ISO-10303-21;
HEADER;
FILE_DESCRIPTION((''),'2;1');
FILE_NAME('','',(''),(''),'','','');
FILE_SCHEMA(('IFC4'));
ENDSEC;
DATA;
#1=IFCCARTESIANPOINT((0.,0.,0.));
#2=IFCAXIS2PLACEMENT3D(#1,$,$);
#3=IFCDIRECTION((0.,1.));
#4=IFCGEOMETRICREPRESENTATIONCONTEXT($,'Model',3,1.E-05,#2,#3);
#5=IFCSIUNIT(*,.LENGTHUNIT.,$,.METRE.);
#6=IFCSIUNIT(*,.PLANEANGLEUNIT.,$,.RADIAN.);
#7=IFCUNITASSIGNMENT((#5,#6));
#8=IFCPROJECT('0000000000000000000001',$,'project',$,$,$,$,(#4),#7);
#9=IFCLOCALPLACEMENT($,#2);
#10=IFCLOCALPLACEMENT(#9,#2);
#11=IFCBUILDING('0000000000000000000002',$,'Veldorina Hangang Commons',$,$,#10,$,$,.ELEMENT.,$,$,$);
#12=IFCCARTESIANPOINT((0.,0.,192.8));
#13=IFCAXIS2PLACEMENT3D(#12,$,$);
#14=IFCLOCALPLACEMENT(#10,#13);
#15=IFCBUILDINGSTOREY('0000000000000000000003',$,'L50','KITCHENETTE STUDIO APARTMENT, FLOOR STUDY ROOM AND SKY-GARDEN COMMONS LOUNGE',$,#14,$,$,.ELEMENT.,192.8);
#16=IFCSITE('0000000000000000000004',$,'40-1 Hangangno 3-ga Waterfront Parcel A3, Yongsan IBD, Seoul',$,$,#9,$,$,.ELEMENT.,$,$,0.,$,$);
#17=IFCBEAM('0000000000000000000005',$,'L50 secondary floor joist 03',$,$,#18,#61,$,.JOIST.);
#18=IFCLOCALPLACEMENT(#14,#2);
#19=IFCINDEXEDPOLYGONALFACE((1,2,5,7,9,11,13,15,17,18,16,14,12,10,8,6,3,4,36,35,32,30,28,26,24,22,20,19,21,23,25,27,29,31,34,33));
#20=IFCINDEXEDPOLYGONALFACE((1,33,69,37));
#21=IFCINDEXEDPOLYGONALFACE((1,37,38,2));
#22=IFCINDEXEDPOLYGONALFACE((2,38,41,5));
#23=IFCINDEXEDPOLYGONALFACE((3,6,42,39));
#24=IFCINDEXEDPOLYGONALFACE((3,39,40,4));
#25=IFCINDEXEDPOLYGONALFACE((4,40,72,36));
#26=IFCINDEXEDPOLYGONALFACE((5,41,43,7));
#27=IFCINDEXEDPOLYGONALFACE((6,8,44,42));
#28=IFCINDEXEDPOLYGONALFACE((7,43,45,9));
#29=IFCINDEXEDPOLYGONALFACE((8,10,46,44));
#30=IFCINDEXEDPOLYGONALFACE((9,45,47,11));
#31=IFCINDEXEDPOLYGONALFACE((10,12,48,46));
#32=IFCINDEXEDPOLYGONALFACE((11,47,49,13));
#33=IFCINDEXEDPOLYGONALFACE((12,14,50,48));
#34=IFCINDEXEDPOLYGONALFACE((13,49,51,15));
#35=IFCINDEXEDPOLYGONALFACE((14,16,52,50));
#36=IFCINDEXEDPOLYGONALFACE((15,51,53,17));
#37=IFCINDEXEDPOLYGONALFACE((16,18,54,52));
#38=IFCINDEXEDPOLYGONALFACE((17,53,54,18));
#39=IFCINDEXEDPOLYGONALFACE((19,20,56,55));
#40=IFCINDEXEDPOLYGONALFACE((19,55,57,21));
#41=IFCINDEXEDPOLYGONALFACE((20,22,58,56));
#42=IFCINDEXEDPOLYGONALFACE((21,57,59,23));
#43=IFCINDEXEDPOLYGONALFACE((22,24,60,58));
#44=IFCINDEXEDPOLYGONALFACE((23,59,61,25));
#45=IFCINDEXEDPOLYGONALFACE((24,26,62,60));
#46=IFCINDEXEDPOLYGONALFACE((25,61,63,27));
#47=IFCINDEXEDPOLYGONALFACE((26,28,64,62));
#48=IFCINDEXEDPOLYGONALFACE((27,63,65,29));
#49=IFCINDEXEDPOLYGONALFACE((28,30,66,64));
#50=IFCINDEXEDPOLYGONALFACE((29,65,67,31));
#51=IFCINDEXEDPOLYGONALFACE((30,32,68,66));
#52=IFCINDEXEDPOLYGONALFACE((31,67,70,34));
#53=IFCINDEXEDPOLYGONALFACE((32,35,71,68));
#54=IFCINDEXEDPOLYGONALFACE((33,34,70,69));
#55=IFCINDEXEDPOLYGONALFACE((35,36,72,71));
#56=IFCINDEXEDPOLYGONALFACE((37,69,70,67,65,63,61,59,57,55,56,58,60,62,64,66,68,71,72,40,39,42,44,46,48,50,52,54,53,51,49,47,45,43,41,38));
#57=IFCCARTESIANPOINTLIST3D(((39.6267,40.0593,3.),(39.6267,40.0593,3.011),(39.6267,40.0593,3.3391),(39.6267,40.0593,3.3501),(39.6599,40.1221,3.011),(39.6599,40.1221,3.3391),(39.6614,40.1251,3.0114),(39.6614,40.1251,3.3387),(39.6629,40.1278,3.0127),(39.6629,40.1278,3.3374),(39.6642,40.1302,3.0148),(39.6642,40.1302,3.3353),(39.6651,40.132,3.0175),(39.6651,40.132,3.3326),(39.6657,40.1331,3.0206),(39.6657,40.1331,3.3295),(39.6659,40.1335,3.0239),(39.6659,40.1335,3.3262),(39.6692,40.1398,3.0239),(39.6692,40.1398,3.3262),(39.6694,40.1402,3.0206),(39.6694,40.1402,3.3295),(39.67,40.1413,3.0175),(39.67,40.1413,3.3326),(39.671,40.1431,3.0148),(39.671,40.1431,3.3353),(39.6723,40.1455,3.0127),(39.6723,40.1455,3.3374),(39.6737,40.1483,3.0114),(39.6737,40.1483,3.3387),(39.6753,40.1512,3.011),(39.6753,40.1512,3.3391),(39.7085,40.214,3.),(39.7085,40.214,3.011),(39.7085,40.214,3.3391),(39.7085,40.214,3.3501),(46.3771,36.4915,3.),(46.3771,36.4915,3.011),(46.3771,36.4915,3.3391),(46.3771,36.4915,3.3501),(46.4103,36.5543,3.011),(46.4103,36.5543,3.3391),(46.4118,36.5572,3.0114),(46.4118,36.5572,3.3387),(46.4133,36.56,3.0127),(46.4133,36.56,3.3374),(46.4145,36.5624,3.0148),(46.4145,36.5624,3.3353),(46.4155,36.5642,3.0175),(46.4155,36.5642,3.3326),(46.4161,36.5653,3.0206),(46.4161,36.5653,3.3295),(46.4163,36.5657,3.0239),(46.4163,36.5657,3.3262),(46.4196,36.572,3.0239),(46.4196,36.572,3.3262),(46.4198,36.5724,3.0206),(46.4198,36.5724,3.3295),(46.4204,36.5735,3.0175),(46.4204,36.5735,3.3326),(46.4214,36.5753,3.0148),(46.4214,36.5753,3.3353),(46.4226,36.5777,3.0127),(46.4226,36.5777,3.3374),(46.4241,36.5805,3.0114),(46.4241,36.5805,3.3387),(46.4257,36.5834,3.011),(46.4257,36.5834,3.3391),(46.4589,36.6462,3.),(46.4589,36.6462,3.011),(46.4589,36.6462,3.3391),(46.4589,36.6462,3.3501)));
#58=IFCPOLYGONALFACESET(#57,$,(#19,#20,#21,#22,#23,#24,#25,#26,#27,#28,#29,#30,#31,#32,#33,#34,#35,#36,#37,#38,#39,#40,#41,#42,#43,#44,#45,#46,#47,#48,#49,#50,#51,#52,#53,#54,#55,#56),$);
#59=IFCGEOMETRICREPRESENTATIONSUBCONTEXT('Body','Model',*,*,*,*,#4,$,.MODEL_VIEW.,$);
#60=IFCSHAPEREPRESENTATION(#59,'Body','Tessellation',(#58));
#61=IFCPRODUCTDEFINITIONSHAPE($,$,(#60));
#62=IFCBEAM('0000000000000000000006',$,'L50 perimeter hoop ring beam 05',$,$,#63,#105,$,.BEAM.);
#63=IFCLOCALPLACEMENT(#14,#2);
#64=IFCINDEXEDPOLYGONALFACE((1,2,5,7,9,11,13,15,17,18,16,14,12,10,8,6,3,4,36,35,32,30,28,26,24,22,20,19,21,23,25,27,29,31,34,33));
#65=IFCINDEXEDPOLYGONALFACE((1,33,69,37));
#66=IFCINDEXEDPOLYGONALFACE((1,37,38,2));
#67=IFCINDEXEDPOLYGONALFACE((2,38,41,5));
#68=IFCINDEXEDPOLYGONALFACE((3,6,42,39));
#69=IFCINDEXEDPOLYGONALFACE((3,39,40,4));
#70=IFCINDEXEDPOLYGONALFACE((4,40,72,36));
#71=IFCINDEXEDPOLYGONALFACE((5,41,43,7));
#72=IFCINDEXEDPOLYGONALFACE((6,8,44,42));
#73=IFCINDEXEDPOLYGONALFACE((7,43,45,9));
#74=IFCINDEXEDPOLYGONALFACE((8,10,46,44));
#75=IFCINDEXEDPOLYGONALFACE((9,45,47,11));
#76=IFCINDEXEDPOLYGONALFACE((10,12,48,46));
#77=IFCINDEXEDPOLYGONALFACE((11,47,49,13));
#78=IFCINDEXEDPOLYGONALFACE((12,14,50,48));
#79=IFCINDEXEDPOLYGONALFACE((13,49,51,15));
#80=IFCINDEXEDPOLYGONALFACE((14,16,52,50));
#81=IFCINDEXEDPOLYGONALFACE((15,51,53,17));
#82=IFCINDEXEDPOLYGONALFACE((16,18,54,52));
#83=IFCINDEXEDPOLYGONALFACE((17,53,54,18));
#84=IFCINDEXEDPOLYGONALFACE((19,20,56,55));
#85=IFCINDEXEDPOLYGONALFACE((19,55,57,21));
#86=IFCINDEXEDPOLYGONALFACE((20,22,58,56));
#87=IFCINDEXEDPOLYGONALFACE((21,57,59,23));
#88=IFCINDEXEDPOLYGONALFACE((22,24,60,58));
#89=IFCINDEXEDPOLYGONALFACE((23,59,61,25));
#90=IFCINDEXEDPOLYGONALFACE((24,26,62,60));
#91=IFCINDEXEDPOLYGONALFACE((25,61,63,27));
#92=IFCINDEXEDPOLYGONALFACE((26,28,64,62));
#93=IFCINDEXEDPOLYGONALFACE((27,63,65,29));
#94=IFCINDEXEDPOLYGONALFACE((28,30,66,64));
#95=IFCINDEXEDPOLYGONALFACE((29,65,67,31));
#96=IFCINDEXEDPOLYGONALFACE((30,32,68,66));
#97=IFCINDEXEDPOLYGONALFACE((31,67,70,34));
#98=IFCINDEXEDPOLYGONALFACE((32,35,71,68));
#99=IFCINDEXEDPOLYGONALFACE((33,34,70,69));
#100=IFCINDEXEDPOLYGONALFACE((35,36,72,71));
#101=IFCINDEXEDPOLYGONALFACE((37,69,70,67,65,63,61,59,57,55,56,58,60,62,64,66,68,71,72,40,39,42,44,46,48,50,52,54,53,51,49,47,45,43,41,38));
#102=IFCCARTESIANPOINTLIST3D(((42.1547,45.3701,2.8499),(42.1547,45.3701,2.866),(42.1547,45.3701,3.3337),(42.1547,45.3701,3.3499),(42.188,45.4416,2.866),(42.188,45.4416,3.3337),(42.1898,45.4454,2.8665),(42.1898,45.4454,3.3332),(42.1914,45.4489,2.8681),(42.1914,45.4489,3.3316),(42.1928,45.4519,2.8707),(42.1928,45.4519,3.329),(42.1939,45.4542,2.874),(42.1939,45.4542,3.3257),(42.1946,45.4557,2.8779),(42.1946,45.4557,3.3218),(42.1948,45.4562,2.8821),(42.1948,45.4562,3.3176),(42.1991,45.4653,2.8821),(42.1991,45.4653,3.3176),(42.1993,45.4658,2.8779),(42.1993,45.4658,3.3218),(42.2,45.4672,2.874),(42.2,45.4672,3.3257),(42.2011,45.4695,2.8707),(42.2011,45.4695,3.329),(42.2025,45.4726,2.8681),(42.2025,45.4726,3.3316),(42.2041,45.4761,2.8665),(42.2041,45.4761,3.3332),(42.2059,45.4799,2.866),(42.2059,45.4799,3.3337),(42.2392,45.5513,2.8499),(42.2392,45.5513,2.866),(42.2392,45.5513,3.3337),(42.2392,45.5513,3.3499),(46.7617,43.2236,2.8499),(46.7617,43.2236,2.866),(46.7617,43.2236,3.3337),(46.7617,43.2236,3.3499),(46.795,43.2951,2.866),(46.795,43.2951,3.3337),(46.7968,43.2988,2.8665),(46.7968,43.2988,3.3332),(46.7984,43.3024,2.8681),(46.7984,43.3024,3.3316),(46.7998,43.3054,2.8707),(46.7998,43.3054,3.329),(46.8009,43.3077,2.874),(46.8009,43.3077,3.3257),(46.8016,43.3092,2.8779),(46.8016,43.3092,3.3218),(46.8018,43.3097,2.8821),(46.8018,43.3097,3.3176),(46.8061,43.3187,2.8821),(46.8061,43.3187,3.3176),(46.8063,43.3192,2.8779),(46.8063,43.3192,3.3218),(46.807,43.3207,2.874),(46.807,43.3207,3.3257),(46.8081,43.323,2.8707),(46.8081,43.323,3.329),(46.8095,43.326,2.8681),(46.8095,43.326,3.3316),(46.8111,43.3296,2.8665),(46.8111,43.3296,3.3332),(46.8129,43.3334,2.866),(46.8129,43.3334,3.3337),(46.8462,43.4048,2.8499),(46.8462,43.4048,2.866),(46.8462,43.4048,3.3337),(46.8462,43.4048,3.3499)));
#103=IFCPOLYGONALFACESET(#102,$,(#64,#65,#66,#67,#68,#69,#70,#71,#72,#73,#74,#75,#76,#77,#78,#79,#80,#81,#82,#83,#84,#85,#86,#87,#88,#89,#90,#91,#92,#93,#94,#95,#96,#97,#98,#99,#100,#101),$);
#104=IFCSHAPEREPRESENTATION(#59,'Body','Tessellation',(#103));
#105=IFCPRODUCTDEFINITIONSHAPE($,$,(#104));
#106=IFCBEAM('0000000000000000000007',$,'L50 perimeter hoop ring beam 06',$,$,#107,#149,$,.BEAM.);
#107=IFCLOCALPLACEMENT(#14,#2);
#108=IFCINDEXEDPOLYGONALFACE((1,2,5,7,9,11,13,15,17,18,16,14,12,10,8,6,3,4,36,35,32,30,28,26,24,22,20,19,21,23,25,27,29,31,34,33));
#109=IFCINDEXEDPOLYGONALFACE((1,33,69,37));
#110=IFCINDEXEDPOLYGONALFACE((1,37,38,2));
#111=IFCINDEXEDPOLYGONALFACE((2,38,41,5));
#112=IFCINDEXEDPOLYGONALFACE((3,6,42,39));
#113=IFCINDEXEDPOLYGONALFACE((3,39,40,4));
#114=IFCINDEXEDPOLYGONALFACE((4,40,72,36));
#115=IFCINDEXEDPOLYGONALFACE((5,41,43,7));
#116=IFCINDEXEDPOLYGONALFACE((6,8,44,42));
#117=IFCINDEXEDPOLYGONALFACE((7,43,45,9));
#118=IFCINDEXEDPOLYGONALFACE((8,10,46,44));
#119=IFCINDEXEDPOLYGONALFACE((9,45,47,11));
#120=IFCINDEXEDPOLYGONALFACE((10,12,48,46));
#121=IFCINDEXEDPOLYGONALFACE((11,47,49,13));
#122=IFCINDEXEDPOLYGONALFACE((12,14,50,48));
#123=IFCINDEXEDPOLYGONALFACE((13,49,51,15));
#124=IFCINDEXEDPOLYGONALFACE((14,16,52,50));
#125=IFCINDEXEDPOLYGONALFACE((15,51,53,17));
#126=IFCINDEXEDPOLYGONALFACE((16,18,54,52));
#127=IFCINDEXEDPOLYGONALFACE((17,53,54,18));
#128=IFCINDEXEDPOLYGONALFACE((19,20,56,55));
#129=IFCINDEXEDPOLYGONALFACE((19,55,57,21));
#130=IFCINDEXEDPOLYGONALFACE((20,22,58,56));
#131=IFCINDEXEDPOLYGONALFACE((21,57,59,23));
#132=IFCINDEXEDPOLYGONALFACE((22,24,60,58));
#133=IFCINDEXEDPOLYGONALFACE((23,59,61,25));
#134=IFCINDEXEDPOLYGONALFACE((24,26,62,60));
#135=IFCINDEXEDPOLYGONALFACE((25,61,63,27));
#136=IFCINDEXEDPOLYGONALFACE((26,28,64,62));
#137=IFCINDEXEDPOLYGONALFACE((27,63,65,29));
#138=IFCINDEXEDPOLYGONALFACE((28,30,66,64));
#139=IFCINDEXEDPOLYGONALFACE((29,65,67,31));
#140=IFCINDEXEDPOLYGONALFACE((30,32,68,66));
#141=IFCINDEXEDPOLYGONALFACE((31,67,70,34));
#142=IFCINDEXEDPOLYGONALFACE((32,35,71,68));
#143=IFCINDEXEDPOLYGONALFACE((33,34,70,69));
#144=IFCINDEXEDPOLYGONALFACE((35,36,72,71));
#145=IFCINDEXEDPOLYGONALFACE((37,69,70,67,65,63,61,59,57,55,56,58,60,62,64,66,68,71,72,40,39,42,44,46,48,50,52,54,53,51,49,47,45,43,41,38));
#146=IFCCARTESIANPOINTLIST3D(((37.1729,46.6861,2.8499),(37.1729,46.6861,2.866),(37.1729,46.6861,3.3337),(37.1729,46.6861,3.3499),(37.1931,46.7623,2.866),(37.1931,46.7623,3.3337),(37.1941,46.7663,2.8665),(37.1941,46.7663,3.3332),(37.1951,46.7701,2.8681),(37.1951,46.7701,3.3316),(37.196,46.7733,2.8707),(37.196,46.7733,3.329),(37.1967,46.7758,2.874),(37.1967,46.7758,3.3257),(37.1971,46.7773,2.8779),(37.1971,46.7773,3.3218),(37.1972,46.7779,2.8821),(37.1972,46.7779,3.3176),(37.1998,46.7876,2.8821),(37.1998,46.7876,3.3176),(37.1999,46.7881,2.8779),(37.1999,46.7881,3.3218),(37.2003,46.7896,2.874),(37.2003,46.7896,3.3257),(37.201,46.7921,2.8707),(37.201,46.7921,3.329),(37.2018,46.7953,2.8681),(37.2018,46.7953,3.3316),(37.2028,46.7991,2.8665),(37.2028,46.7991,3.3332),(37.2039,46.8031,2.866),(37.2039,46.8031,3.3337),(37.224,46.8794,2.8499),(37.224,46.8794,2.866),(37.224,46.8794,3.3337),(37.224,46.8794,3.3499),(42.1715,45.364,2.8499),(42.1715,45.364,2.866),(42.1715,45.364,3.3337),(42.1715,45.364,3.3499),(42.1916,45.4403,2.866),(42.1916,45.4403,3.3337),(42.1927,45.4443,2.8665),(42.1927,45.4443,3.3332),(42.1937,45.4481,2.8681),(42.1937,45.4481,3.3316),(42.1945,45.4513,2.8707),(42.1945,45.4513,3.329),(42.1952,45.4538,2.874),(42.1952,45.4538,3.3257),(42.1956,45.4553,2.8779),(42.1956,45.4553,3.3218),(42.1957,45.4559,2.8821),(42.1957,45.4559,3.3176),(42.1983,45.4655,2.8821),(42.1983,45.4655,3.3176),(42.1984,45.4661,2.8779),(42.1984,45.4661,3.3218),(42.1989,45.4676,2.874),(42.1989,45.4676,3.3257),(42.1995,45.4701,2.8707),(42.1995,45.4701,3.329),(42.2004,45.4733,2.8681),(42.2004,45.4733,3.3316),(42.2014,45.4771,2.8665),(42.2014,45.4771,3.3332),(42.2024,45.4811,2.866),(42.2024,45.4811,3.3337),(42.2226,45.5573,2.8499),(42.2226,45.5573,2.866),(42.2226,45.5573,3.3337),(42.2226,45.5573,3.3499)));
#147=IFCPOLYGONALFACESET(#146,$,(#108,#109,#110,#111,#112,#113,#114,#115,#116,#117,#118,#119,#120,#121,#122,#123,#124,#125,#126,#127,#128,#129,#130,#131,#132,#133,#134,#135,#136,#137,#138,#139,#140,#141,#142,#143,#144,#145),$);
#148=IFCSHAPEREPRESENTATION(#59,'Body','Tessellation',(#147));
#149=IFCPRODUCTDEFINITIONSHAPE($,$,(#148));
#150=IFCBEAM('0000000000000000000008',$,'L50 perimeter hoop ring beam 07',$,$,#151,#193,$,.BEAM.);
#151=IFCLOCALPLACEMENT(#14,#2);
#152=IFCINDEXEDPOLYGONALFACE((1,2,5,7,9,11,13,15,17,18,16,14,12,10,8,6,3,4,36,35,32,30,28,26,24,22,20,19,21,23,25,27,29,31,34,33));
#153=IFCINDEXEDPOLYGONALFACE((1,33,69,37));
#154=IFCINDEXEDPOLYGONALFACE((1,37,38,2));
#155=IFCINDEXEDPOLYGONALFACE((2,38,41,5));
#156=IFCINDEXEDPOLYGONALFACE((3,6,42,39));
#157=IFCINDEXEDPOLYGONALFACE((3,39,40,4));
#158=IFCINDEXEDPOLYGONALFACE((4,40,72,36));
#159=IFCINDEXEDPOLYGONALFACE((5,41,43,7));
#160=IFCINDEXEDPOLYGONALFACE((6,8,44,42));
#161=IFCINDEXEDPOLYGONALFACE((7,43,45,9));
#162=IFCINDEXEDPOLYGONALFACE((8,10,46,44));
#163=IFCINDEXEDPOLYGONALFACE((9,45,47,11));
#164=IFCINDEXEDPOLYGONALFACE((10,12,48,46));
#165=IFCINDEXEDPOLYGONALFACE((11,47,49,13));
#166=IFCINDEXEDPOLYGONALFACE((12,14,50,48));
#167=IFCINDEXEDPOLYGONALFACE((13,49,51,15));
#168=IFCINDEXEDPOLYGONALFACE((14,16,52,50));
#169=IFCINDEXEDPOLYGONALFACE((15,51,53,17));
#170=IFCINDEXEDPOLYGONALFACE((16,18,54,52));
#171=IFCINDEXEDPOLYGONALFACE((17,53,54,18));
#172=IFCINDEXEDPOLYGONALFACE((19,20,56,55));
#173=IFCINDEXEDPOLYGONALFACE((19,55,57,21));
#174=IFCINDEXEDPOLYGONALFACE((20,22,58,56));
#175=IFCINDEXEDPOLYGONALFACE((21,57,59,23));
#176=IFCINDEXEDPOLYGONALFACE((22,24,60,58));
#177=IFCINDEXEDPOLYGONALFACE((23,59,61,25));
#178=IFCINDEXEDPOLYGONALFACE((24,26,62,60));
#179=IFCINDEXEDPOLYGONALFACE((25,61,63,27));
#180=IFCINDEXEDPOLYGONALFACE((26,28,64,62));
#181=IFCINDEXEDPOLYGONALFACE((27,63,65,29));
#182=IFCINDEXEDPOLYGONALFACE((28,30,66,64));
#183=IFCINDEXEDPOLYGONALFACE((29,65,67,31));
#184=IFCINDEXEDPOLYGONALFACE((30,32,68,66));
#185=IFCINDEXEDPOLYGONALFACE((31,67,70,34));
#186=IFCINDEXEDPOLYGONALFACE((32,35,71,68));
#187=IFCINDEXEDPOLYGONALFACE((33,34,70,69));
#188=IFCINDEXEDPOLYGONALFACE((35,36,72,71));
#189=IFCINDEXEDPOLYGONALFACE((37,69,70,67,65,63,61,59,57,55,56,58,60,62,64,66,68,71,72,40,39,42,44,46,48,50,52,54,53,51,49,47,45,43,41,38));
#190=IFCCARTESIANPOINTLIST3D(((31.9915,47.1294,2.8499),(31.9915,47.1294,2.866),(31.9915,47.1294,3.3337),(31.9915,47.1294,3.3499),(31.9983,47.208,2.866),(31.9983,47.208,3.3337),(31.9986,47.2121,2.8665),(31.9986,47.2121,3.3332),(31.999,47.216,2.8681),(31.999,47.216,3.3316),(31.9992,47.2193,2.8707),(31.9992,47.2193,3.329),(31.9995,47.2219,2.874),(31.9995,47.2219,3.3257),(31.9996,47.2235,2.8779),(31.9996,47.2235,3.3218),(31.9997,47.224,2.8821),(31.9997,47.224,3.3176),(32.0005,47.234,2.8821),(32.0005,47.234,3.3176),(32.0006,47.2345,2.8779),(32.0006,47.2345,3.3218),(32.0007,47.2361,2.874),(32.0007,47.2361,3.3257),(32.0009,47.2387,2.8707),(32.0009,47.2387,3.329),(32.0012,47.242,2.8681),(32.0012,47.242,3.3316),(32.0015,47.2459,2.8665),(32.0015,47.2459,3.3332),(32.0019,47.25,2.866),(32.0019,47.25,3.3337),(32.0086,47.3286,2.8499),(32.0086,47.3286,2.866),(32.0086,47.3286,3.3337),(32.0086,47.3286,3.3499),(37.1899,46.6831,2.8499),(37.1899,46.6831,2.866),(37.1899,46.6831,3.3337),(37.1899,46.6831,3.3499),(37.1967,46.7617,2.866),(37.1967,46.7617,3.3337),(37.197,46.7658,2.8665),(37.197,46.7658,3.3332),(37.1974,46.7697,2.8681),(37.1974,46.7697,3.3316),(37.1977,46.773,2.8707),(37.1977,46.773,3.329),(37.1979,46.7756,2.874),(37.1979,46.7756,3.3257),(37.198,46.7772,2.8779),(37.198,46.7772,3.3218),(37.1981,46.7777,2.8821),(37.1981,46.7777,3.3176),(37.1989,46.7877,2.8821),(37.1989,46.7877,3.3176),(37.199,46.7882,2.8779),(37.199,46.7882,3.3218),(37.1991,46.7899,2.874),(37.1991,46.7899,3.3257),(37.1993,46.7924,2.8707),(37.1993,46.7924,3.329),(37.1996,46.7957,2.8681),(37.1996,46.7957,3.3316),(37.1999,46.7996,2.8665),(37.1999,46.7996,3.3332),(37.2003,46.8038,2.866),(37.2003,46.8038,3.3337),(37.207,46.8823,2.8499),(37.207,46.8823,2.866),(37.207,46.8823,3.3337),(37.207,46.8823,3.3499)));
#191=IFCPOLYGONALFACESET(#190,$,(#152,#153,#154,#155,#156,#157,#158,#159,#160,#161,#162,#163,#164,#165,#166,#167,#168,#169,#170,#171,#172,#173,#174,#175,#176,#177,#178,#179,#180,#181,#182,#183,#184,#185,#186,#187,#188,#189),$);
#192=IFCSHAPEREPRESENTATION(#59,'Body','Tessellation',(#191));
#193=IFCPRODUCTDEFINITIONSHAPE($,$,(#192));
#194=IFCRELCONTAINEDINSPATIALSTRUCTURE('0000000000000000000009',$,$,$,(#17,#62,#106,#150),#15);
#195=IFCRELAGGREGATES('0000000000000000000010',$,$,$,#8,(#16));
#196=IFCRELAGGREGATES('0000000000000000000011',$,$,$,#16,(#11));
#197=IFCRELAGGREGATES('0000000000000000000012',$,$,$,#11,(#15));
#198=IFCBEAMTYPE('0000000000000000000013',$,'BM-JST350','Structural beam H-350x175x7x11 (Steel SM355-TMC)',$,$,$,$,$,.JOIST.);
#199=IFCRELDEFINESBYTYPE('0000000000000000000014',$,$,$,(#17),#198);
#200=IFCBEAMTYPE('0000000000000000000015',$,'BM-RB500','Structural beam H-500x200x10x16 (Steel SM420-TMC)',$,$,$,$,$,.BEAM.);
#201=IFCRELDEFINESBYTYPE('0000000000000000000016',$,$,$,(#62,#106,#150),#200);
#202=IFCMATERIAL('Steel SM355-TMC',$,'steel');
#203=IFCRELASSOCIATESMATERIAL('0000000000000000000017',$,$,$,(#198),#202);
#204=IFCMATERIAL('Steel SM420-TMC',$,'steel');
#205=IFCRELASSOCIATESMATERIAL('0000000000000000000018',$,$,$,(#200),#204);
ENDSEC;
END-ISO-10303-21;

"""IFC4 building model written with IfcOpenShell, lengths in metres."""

from ifc_helpers import new_model, si_unit, direction, frame, origin, origin_2d, place, context, subcontext, project, spatial, i_section, extrude, material, material_profile, profile_set, type_object, element, save


model = new_model("IFC4")

# Units and contexts
model_context = context("Model", 3, precision=1e-05, world=origin(), true_north=direction((0.0, 1.0)))
body_context = subcontext(model_context, "Body", "Model", "MODEL_VIEW")
ifc_project = project(units=[si_unit("LENGTHUNIT", "METRE"), si_unit("PLANEANGLEUNIT", "RADIAN")], contexts=[model_context])

# Site, building, storey
site_placement = place(None, origin())
site = spatial("IfcSite", under=ifc_project, at=site_placement, Name="40-1 Hangangno 3-ga Waterfront Parcel A3, Yongsan IBD, Seoul", CompositionType="ELEMENT", RefElevation=0.0)
building_placement = place(site_placement, origin())
building = spatial("IfcBuilding", under=site, at=building_placement, Name="Veldorina Hangang Commons", CompositionType="ELEMENT")
storey_placement = place(building_placement, frame((0.0, 0.0, 192.8)))
storey = spatial("IfcBuildingStorey", under=building, at=storey_placement, Name="L50", Description="KITCHENETTE STUDIO APARTMENT, FLOOR STUDY ROOM AND SKY-GARDEN COMMONS LOUNGE", CompositionType="ELEMENT", Elevation=192.8)

# Beams
ifc_material_1 = material(Name="Steel SM355-TMC", Category="steel")
ifc_material_profile_1 = material_profile(ifc_material_1, i_section(OverallWidth=0.175, OverallDepth=0.3501, WebThickness=0.0071, FlangeThickness=0.011, FilletRadius=0.0129, at=origin_2d()), Name="H-350x175x7x11")
ifc_profile_set_1 = profile_set([ifc_material_profile_1], Name="Steel SM355-TMC")
beam_type_1 = type_object("IfcBeamType", Name="BM-JST350", Description="Structural beam H-350x175x7x11 (Steel SM355-TMC)", PredefinedType="JOIST", material=ifc_profile_set_1)
beam_1_placement = place(storey_placement, frame((46.418, 36.5688, 3.175), z_axis=(-0.884108, 0.467282, 0.0), x_axis=(-0.467282, -0.884108, 0.0)))
element("IfcBeam", 1, at=beam_1_placement, inside=storey, type_object=beam_type_1, Name="L50 secondary floor joist 03", PredefinedType="JOIST", context=body_context, shape_type="SweptSolid", body=[
    extrude(i_section(OverallWidth=0.175, OverallDepth=0.3501, WebThickness=0.0071, FlangeThickness=0.011, FilletRadius=0.0129, at=origin_2d()), origin(), (0.0, 0.0, 1.0), 7.6353),
])
ifc_material_2 = material(Name="Steel SM420-TMC", Category="steel")
ifc_material_profile_2 = material_profile(ifc_material_2, i_section(OverallWidth=0.2, OverallDepth=0.5, WebThickness=0.01, FlangeThickness=0.0161, FilletRadius=0.0161, at=origin_2d()), Name="H-500x200x10x16")
ifc_profile_set_2 = profile_set([ifc_material_profile_2], Name="Steel SM420-TMC")
beam_type_2 = type_object("IfcBeamType", Name="BM-RB500", Description="Structural beam H-500x200x10x16 (Steel SM420-TMC)", PredefinedType="BEAM", material=ifc_profile_set_2)
beam_2_placement = place(storey_placement, frame((46.804, 43.3142, 3.0999), z_axis=(-0.906441, 0.422333, 0.0), x_axis=(-0.422333, -0.906441, 0.0)))
element("IfcBeam", 2, at=beam_2_placement, inside=storey, type_object=beam_type_2, Name="L50 perimeter hoop ring beam 05", PredefinedType="BEAM", context=body_context, shape_type="SweptSolid", body=[
    extrude(i_section(OverallWidth=0.2, OverallDepth=0.5, WebThickness=0.01, FlangeThickness=0.0161, FilletRadius=0.0161, at=origin_2d()), origin(), (0.0, 0.0, 1.0), 5.0825),
])
beam_3_placement = place(storey_placement, frame((42.197, 45.4607, 3.0999), z_axis=(-0.966759, 0.25569, 0.0), x_axis=(-0.25569, -0.966759, 0.0)))
element("IfcBeam", 3, at=beam_3_placement, inside=storey, type_object=beam_type_2, Name="L50 perimeter hoop ring beam 06", PredefinedType="BEAM", context=body_context, shape_type="SweptSolid", body=[
    extrude(i_section(OverallWidth=0.2, OverallDepth=0.5, WebThickness=0.01, FlangeThickness=0.0161, FilletRadius=0.0161, at=origin_2d()), origin(), (0.0, 0.0, 1.0), 5.1704),
])
beam_4_placement = place(storey_placement, frame((37.1985, 46.7827, 3.0999), z_axis=(-0.996335, 0.085535, 0.0), x_axis=(-0.085535, -0.996335, 0.0)))
element("IfcBeam", 4, at=beam_4_placement, inside=storey, type_object=beam_type_2, Name="L50 perimeter hoop ring beam 07", PredefinedType="BEAM", context=body_context, shape_type="SweptSolid", body=[
    extrude(i_section(OverallWidth=0.2, OverallDepth=0.5, WebThickness=0.01, FlangeThickness=0.0161, FilletRadius=0.0161, at=origin_2d()), origin(), (0.0, 0.0, 1.0), 5.2175),
])

save(model, "model.ifc")
